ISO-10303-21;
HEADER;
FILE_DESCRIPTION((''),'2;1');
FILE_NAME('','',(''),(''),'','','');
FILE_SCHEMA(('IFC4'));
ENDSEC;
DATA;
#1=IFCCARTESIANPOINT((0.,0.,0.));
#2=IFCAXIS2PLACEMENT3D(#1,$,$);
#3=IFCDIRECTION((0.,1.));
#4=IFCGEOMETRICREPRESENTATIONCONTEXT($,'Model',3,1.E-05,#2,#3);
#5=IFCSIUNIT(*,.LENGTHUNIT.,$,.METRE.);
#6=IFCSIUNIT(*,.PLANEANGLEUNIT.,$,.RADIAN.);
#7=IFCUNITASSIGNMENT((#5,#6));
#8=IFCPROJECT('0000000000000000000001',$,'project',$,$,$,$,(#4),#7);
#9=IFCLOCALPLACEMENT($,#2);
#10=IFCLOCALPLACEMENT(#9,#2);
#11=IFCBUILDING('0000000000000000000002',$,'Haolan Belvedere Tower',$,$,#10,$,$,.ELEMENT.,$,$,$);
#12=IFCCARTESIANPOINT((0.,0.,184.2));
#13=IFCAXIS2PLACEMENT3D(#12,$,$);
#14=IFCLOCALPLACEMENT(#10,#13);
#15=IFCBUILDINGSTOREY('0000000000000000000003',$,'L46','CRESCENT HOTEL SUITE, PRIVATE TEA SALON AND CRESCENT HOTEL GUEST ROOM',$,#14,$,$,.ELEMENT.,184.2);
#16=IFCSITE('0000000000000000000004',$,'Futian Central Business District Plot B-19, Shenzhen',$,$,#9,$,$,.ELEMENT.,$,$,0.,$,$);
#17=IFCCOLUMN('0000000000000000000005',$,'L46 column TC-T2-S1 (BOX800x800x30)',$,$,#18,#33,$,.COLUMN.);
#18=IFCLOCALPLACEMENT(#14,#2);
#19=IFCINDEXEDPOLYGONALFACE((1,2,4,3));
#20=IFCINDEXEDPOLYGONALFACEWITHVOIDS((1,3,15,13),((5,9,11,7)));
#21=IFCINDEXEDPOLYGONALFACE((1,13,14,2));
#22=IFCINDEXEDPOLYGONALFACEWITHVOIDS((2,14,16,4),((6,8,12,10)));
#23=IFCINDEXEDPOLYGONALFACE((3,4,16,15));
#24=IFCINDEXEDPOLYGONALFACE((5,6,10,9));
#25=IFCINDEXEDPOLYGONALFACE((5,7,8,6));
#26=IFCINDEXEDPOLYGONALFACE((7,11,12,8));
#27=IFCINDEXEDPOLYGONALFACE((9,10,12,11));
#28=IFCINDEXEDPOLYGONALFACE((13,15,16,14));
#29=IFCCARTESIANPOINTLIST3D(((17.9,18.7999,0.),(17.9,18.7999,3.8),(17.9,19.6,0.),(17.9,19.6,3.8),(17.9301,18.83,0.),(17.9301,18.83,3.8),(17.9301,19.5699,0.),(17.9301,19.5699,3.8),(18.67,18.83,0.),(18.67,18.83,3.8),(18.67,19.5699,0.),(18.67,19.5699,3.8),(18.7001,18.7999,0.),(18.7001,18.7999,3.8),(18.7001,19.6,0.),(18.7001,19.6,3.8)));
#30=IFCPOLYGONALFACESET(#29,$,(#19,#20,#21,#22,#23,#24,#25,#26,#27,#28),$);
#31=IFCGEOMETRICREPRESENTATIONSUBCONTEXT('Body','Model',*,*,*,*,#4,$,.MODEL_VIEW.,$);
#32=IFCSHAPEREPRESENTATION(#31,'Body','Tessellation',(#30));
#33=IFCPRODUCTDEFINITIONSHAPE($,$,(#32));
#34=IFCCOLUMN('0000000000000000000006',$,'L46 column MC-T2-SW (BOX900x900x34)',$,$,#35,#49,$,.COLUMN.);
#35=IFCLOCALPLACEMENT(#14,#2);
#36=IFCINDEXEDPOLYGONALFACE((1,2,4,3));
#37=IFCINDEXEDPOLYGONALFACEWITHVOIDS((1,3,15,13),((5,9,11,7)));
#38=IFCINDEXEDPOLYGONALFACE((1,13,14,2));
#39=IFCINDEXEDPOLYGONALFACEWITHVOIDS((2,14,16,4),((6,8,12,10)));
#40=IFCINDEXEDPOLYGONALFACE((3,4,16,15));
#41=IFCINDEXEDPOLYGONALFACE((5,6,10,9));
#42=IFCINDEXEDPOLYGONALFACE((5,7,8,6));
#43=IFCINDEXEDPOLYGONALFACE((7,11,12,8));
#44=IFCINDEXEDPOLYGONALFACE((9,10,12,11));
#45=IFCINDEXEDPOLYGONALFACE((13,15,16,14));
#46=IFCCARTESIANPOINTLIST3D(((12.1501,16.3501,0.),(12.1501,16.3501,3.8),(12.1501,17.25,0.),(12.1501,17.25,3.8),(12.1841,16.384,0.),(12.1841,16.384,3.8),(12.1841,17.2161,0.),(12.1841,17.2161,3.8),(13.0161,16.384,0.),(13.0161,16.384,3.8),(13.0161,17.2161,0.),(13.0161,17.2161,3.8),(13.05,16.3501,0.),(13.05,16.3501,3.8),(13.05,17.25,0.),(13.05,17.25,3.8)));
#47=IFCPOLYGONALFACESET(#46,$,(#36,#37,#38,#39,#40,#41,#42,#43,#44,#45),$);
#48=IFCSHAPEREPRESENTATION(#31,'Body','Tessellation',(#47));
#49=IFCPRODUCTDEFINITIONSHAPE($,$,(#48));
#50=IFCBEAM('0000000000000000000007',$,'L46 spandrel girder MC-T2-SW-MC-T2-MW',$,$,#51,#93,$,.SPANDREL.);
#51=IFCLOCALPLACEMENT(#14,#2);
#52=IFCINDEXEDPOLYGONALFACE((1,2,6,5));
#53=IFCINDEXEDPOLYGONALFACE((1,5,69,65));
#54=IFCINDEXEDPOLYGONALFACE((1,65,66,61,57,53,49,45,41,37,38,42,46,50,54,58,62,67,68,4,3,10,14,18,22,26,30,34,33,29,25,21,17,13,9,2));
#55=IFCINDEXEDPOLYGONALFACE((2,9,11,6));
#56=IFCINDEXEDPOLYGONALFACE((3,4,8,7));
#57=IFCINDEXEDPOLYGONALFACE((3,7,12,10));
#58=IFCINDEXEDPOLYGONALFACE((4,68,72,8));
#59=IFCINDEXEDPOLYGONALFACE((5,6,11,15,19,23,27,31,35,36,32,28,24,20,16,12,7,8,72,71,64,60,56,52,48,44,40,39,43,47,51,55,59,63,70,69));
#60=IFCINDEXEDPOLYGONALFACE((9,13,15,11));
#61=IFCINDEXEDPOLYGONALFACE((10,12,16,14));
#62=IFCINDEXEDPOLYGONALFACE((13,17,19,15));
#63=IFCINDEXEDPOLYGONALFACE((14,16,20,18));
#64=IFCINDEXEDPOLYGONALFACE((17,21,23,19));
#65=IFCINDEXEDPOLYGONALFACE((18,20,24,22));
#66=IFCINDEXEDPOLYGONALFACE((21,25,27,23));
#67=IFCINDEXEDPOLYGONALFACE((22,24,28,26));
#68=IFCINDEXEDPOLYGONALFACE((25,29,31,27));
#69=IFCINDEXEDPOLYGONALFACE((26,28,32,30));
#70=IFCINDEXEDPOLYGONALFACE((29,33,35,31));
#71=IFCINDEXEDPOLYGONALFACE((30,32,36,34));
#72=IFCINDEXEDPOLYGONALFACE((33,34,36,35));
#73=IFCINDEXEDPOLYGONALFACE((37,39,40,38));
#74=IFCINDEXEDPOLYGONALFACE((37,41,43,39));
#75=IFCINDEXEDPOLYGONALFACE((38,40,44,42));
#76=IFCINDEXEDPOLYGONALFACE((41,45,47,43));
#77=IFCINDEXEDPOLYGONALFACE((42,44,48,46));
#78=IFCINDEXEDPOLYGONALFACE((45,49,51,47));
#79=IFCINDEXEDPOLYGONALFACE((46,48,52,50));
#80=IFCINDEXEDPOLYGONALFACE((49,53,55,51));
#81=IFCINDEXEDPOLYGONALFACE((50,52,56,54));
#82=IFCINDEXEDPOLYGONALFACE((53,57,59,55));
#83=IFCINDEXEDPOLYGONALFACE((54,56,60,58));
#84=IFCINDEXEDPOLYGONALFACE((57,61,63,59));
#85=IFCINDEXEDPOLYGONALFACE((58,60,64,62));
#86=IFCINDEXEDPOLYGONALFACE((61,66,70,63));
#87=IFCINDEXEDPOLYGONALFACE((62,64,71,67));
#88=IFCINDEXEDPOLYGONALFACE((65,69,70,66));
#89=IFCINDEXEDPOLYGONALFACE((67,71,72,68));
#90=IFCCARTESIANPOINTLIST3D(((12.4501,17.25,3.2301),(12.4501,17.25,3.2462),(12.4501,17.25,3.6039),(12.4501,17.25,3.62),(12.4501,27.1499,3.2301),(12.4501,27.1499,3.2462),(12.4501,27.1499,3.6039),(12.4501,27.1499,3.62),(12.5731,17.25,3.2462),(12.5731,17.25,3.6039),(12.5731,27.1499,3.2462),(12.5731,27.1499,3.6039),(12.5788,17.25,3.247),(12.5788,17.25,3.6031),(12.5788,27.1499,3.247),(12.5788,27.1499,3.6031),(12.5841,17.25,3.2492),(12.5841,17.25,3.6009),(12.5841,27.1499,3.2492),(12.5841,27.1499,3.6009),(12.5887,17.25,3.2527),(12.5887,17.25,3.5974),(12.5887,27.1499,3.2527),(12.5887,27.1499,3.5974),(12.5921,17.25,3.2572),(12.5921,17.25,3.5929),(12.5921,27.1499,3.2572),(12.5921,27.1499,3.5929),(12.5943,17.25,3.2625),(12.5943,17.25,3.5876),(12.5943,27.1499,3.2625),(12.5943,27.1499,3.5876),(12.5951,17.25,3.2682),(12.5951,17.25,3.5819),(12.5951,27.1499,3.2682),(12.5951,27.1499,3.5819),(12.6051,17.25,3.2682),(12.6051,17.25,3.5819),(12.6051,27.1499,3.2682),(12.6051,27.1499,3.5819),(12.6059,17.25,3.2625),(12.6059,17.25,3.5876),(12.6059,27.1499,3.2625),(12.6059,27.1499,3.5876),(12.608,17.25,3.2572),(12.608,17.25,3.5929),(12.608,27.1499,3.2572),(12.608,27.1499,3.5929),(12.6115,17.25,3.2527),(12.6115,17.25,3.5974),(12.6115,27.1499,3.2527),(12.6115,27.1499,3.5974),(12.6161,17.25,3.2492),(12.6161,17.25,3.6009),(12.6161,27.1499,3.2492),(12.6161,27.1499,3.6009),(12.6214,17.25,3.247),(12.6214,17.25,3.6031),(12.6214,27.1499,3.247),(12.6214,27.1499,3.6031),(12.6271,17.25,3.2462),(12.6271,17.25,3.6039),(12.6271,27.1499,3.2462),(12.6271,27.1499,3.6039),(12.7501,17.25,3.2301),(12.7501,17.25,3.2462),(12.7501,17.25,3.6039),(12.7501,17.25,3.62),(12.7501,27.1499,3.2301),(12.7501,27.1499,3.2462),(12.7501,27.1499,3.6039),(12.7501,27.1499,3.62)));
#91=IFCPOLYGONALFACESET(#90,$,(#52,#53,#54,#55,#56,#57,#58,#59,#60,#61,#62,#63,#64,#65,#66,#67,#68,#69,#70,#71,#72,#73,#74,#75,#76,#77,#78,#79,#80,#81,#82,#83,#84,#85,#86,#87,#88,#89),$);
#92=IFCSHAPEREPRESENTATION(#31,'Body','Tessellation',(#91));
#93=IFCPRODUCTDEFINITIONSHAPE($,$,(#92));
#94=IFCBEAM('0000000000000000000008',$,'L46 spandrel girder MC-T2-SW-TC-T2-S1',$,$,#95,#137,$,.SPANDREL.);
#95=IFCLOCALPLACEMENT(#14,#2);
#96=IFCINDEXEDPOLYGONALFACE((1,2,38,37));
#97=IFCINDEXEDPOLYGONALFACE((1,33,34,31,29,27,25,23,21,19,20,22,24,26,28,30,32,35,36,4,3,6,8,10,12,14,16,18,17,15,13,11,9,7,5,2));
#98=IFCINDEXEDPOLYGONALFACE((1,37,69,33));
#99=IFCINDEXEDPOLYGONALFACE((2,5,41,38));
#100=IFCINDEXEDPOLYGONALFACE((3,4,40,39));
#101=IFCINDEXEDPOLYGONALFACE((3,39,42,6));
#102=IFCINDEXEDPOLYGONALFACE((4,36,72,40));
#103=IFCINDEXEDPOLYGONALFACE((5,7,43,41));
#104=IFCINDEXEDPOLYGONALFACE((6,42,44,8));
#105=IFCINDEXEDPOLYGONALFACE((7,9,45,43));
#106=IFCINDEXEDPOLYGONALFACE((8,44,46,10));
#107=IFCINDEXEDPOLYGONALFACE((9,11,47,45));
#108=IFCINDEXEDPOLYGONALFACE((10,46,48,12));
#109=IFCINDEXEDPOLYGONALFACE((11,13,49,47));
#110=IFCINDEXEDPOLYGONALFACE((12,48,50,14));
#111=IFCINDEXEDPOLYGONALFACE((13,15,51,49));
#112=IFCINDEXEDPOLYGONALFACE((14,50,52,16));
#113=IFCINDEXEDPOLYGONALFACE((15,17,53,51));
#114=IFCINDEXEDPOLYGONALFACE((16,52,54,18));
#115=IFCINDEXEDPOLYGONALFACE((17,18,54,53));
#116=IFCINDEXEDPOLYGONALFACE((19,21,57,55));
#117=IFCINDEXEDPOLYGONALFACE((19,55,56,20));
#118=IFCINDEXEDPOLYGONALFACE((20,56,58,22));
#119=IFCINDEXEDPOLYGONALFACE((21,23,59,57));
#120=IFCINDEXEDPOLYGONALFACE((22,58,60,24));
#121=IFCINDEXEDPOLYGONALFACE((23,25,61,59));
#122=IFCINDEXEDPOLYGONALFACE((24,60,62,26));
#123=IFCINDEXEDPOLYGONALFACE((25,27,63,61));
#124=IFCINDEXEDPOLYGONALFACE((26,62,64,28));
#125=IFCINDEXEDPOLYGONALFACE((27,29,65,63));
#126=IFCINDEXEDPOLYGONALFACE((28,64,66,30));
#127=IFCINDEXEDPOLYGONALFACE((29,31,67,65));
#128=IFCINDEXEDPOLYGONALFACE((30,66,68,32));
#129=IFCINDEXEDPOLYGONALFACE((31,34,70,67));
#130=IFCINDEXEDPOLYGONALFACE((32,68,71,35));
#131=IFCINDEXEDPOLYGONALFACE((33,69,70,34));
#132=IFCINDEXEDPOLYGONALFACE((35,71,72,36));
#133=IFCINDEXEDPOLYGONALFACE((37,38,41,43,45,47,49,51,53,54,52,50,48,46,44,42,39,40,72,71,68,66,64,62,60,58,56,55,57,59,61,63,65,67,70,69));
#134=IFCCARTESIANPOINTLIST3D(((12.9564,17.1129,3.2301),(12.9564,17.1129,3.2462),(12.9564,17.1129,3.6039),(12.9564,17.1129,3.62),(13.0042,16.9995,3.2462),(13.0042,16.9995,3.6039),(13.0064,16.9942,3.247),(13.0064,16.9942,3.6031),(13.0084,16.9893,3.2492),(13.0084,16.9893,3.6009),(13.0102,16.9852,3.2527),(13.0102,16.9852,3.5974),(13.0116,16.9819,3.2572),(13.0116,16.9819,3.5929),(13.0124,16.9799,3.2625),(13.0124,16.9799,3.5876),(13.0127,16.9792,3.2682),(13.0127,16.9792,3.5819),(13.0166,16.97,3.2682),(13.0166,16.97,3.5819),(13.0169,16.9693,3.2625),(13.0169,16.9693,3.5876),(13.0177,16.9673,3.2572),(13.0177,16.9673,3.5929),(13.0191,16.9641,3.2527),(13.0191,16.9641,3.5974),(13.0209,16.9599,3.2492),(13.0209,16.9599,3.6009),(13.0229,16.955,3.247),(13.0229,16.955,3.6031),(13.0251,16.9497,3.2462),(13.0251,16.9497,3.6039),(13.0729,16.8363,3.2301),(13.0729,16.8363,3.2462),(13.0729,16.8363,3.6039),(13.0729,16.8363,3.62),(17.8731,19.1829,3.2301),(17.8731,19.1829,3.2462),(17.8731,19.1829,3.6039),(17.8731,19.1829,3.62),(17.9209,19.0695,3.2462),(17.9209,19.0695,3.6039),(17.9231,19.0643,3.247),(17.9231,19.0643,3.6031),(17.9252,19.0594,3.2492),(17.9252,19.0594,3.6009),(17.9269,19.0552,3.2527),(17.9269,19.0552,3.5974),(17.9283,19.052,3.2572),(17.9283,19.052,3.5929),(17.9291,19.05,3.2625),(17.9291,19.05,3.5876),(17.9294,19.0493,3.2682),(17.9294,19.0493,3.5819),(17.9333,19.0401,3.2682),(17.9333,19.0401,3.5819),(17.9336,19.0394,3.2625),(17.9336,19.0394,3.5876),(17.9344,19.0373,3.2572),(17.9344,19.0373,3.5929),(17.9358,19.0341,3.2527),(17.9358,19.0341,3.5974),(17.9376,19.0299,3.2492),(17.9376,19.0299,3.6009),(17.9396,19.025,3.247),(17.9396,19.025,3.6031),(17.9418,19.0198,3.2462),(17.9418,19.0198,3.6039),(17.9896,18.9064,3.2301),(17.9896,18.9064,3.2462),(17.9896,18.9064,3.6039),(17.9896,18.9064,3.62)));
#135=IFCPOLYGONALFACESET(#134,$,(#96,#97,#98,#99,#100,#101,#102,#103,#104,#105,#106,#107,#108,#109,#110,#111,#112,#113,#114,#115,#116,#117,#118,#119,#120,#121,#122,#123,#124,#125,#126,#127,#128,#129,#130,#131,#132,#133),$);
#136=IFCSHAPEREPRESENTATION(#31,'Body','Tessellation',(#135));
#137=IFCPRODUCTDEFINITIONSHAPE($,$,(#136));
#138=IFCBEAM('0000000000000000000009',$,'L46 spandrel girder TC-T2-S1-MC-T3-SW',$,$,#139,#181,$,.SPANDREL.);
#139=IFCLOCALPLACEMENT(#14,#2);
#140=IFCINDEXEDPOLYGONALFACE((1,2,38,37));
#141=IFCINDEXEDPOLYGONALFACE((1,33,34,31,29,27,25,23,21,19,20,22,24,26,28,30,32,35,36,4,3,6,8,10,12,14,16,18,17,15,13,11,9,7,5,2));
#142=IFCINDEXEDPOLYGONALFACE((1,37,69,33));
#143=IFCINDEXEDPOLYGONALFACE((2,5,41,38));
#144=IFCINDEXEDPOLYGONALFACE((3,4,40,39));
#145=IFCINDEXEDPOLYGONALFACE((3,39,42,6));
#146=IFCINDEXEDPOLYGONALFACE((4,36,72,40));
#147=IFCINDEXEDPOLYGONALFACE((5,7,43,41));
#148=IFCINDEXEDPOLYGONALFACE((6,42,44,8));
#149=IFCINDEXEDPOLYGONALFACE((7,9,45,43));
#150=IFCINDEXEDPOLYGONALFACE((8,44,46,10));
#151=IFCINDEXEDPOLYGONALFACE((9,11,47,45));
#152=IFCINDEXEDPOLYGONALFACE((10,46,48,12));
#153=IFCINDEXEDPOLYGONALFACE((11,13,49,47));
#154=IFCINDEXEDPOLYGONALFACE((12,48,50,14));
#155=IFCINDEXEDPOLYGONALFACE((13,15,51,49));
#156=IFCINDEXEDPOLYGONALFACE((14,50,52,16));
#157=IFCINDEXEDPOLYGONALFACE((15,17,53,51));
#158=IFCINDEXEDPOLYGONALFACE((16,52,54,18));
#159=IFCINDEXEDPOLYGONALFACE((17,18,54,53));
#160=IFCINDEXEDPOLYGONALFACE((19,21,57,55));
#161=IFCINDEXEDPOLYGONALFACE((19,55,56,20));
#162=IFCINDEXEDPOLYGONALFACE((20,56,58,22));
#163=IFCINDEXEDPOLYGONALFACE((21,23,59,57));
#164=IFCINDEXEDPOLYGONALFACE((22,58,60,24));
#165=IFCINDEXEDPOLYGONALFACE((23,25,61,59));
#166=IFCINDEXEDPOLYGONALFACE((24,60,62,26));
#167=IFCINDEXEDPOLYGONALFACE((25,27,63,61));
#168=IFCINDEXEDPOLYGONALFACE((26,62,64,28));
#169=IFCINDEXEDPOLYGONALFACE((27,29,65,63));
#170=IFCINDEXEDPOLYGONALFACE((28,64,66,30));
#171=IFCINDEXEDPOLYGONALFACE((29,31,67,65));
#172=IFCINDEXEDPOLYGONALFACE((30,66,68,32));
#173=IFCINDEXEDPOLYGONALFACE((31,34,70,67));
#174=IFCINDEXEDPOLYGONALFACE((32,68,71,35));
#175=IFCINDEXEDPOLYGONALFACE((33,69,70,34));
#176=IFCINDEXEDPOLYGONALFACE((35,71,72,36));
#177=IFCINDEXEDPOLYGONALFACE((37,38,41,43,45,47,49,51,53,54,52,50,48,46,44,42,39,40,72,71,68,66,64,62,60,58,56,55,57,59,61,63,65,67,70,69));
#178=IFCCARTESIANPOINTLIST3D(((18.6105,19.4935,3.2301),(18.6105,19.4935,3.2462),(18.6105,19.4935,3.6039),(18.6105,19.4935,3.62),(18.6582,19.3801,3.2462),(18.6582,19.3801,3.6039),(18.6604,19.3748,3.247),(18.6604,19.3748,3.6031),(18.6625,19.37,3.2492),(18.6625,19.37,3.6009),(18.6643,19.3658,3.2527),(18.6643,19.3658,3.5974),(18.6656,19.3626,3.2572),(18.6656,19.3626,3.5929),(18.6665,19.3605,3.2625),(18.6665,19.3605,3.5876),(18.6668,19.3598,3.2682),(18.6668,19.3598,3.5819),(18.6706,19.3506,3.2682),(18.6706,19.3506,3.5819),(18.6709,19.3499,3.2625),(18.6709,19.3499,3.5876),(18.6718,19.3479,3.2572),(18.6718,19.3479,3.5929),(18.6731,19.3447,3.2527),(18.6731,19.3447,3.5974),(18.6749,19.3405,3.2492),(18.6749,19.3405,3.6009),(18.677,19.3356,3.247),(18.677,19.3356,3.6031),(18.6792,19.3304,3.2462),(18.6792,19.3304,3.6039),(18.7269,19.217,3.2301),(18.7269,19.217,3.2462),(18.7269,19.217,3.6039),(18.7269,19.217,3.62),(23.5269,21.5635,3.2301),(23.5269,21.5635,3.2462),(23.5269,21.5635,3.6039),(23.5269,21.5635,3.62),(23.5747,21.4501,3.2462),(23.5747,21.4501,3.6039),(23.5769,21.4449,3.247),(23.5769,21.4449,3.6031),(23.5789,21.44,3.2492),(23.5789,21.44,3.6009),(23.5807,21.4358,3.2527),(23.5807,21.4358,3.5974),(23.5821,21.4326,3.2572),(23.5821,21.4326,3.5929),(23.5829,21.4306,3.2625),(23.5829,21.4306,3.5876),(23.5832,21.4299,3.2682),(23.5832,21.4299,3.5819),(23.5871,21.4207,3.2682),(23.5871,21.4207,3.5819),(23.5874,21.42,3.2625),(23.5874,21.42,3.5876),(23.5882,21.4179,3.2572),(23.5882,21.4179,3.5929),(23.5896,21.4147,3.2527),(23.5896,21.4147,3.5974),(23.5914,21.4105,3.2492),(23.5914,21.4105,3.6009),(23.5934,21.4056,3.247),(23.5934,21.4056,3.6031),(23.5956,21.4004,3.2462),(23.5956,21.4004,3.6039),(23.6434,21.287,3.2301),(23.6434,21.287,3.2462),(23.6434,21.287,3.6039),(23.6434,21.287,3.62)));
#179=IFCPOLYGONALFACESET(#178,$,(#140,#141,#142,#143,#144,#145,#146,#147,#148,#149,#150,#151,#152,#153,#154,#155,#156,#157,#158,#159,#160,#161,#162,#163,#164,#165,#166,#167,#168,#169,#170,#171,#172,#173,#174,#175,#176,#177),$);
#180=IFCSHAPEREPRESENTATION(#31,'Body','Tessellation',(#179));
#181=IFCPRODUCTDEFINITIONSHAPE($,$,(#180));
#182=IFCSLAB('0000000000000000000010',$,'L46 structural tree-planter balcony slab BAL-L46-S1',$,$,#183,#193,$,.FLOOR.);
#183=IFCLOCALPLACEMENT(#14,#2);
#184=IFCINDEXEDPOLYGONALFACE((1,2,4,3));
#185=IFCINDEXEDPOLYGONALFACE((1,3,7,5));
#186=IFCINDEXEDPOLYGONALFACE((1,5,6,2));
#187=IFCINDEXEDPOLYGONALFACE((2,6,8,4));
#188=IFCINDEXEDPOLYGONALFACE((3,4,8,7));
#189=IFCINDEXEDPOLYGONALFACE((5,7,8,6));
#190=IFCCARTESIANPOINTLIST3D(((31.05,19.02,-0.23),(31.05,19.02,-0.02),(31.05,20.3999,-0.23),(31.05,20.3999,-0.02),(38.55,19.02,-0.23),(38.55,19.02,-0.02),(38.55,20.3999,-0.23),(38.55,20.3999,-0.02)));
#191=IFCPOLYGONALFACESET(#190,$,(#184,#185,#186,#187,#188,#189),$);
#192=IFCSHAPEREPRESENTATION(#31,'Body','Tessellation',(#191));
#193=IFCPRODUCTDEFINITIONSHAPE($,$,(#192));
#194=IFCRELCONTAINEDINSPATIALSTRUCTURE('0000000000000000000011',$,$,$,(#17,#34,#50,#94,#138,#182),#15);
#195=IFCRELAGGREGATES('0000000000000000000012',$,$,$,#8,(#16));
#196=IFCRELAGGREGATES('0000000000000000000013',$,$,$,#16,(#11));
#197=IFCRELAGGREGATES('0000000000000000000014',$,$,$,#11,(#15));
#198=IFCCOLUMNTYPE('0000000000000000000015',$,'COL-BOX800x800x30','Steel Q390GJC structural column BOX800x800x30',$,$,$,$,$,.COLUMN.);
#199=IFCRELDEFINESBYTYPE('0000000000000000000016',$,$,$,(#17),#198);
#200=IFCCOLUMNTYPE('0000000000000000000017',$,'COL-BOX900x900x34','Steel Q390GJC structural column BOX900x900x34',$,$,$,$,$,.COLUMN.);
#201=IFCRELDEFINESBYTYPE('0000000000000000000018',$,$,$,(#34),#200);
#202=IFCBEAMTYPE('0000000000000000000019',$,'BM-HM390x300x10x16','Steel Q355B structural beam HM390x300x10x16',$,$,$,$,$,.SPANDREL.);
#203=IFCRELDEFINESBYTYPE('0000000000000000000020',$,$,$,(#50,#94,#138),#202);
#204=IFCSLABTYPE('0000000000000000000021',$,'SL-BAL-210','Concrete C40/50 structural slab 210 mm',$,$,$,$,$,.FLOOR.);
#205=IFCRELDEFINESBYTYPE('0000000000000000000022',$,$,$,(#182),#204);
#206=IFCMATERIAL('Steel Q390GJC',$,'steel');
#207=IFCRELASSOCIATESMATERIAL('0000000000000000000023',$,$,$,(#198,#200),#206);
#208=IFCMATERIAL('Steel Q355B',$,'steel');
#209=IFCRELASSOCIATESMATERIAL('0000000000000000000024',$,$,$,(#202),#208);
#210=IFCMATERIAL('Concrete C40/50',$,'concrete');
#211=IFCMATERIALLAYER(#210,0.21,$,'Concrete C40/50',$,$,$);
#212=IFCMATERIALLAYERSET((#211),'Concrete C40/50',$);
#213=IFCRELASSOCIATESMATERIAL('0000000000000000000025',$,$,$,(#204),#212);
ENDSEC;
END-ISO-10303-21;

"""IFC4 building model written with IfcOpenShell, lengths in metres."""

from ifc_helpers import new_model, si_unit, direction, frame, origin, origin_2d, place, context, subcontext, project, spatial, polyline, hollow_rectangle, i_section, outline, extrude, material, layer, layer_set, material_profile, profile_set, type_object, element, save


model = new_model("IFC4")

# Units and contexts
model_context = context("Model", 3, precision=1e-05, world=origin(), true_north=direction((0.0, 1.0)))
body_context = subcontext(model_context, "Body", "Model", "MODEL_VIEW")
ifc_project = project(units=[si_unit("LENGTHUNIT", "METRE"), si_unit("PLANEANGLEUNIT", "RADIAN")], contexts=[model_context])

# Site, building, storey
site_placement = place(None, origin())
site = spatial("IfcSite", under=ifc_project, at=site_placement, Name="Futian Central Business District Plot B-19, Shenzhen", CompositionType="ELEMENT", RefElevation=0.0)
building_placement = place(site_placement, origin())
building = spatial("IfcBuilding", under=site, at=building_placement, Name="Haolan Belvedere Tower", CompositionType="ELEMENT")
storey_placement = place(building_placement, frame((0.0, 0.0, 184.2)))
storey = spatial("IfcBuildingStorey", under=building, at=storey_placement, Name="L46", Description="CRESCENT HOTEL SUITE, PRIVATE TEA SALON AND CRESCENT HOTEL GUEST ROOM", CompositionType="ELEMENT", Elevation=184.2)

# Columns
ifc_material_1 = material(Name="Steel Q390GJC", Category="steel")
ifc_material_profile_1 = material_profile(ifc_material_1, hollow_rectangle(XDim=0.8, YDim=0.8, WallThickness=0.03, at=origin_2d()), Name="Steel Q390GJC")
ifc_profile_set_1 = profile_set([ifc_material_profile_1], Name="Steel Q390GJC")
column_type_1 = type_object("IfcColumnType", Name="COL-BOX800x800x30", Description="Steel Q390GJC structural column BOX800x800x30", PredefinedType="COLUMN", material=ifc_profile_set_1)
column_1_placement = place(storey_placement, frame((18.3, 19.2, 0.0), z_axis=(0.0, 0.0, 1.0), x_axis=(1.0, 0.0, 0.0)))
element("IfcColumn", 1, at=column_1_placement, inside=storey, type_object=column_type_1, Name="L46 column TC-T2-S1 (BOX800x800x30)", PredefinedType="COLUMN", context=body_context, shape_type="SweptSolid", body=[
    extrude(hollow_rectangle(XDim=0.8, YDim=0.8, WallThickness=0.03, at=origin_2d()), origin(), (0.0, 0.0, 1.0), 3.8),
])
ifc_material_profile_2 = material_profile(ifc_material_1, hollow_rectangle(XDim=0.8999, YDim=0.8999, WallThickness=0.0339, at=origin_2d()), Name="Steel Q390GJC")
ifc_profile_set_2 = profile_set([ifc_material_profile_2], Name="Steel Q390GJC")
column_type_2 = type_object("IfcColumnType", Name="COL-BOX900x900x34", Description="Steel Q390GJC structural column BOX900x900x34", PredefinedType="COLUMN", material=ifc_profile_set_2)
column_2_placement = place(storey_placement, frame((12.6001, 16.8, 0.0), z_axis=(0.0, 0.0, 1.0), x_axis=(1.0, 0.0, 0.0)))
element("IfcColumn", 2, at=column_2_placement, inside=storey, type_object=column_type_2, Name="L46 column MC-T2-SW (BOX900x900x34)", PredefinedType="COLUMN", context=body_context, shape_type="SweptSolid", body=[
    extrude(hollow_rectangle(XDim=0.8999, YDim=0.8999, WallThickness=0.0339, at=origin_2d()), origin(), (0.0, 0.0, 1.0), 3.8),
])

# Beams
ifc_material_2 = material(Name="Steel Q355B", Category="steel")
ifc_material_profile_3 = material_profile(ifc_material_2, i_section(OverallWidth=0.3, OverallDepth=0.3899, WebThickness=0.01, FlangeThickness=0.0161, FilletRadius=0.022, at=origin_2d()), Name="Steel Q355B")
ifc_profile_set_3 = profile_set([ifc_material_profile_3], Name="Steel Q355B")
beam_type = type_object("IfcBeamType", Name="BM-HM390x300x10x16", Description="Steel Q355B structural beam HM390x300x10x16", PredefinedType="SPANDREL", material=ifc_profile_set_3)
beam_1_placement = place(storey_placement, frame((12.6001, 17.25, 3.425), z_axis=(0.0, 1.0, 0.0), x_axis=(-1.0, 0.0, 0.0)))
element("IfcBeam", 3, at=beam_1_placement, inside=storey, type_object=beam_type, Name="L46 spandrel girder MC-T2-SW-MC-T2-MW", PredefinedType="SPANDREL", context=body_context, shape_type="SweptSolid", body=[
    extrude(i_section(OverallWidth=0.3, OverallDepth=0.3899, WebThickness=0.01, FlangeThickness=0.0161, FilletRadius=0.022, at=origin_2d()), origin(), (0.0, 0.0, 1.0), 9.8999),
])
beam_2_placement = place(storey_placement, frame((13.0146, 16.9746, 3.425), z_axis=(0.921645, 0.388034, 0.0), x_axis=(-0.388034, 0.921645, 0.0)))
element("IfcBeam", 4, at=beam_2_placement, inside=storey, type_object=beam_type, Name="L46 spandrel girder MC-T2-SW-TC-T2-S1", PredefinedType="SPANDREL", context=body_context, shape_type="SweptSolid", body=[
    extrude(i_section(OverallWidth=0.3, OverallDepth=0.3899, WebThickness=0.01, FlangeThickness=0.0161, FilletRadius=0.022, at=origin_2d()), origin(), (0.0, 0.0, 1.0), 5.3347),
])
beam_3_placement = place(storey_placement, frame((18.6687, 19.3552, 3.425), z_axis=(0.921638, 0.388051, 0.0), x_axis=(-0.388051, 0.921638, 0.0)))
element("IfcBeam", 5, at=beam_3_placement, inside=storey, type_object=beam_type, Name="L46 spandrel girder TC-T2-S1-MC-T3-SW", PredefinedType="SPANDREL", context=body_context, shape_type="SweptSolid", body=[
    extrude(i_section(OverallWidth=0.3, OverallDepth=0.3899, WebThickness=0.01, FlangeThickness=0.0161, FilletRadius=0.022, at=origin_2d()), origin(), (0.0, 0.0, 1.0), 5.3345),
])

# Slab
ifc_material_3 = material(Name="Concrete C40/50", Category="concrete")
ifc_layer_1 = layer(ifc_material_3, 0.21, Name="Concrete C40/50")
ifc_layer_set_1 = layer_set([ifc_layer_1], Name="Concrete C40/50")
slab_type_1 = type_object("IfcSlabType", Name="SL-BAL-210", Description="Concrete C40/50 structural slab 210 mm", PredefinedType="FLOOR", material=ifc_layer_set_1)
slab_1_placement = place(storey_placement, frame((0.0, 0.0, -0.23)))
element("IfcSlab", 6, at=slab_1_placement, inside=storey, type_object=slab_type_1, Name="L46 structural tree-planter balcony slab BAL-L46-S1", PredefinedType="FLOOR", context=body_context, shape_type="SweptSolid", body=[
    extrude(outline(polyline([(31.05, 19.02), (38.55, 19.02), (38.55, 20.3999), (31.05, 20.3999), (31.05, 19.02)])), origin(), (0.0, 0.0, 1.0), 0.21),
])

save(model, "model.ifc")
